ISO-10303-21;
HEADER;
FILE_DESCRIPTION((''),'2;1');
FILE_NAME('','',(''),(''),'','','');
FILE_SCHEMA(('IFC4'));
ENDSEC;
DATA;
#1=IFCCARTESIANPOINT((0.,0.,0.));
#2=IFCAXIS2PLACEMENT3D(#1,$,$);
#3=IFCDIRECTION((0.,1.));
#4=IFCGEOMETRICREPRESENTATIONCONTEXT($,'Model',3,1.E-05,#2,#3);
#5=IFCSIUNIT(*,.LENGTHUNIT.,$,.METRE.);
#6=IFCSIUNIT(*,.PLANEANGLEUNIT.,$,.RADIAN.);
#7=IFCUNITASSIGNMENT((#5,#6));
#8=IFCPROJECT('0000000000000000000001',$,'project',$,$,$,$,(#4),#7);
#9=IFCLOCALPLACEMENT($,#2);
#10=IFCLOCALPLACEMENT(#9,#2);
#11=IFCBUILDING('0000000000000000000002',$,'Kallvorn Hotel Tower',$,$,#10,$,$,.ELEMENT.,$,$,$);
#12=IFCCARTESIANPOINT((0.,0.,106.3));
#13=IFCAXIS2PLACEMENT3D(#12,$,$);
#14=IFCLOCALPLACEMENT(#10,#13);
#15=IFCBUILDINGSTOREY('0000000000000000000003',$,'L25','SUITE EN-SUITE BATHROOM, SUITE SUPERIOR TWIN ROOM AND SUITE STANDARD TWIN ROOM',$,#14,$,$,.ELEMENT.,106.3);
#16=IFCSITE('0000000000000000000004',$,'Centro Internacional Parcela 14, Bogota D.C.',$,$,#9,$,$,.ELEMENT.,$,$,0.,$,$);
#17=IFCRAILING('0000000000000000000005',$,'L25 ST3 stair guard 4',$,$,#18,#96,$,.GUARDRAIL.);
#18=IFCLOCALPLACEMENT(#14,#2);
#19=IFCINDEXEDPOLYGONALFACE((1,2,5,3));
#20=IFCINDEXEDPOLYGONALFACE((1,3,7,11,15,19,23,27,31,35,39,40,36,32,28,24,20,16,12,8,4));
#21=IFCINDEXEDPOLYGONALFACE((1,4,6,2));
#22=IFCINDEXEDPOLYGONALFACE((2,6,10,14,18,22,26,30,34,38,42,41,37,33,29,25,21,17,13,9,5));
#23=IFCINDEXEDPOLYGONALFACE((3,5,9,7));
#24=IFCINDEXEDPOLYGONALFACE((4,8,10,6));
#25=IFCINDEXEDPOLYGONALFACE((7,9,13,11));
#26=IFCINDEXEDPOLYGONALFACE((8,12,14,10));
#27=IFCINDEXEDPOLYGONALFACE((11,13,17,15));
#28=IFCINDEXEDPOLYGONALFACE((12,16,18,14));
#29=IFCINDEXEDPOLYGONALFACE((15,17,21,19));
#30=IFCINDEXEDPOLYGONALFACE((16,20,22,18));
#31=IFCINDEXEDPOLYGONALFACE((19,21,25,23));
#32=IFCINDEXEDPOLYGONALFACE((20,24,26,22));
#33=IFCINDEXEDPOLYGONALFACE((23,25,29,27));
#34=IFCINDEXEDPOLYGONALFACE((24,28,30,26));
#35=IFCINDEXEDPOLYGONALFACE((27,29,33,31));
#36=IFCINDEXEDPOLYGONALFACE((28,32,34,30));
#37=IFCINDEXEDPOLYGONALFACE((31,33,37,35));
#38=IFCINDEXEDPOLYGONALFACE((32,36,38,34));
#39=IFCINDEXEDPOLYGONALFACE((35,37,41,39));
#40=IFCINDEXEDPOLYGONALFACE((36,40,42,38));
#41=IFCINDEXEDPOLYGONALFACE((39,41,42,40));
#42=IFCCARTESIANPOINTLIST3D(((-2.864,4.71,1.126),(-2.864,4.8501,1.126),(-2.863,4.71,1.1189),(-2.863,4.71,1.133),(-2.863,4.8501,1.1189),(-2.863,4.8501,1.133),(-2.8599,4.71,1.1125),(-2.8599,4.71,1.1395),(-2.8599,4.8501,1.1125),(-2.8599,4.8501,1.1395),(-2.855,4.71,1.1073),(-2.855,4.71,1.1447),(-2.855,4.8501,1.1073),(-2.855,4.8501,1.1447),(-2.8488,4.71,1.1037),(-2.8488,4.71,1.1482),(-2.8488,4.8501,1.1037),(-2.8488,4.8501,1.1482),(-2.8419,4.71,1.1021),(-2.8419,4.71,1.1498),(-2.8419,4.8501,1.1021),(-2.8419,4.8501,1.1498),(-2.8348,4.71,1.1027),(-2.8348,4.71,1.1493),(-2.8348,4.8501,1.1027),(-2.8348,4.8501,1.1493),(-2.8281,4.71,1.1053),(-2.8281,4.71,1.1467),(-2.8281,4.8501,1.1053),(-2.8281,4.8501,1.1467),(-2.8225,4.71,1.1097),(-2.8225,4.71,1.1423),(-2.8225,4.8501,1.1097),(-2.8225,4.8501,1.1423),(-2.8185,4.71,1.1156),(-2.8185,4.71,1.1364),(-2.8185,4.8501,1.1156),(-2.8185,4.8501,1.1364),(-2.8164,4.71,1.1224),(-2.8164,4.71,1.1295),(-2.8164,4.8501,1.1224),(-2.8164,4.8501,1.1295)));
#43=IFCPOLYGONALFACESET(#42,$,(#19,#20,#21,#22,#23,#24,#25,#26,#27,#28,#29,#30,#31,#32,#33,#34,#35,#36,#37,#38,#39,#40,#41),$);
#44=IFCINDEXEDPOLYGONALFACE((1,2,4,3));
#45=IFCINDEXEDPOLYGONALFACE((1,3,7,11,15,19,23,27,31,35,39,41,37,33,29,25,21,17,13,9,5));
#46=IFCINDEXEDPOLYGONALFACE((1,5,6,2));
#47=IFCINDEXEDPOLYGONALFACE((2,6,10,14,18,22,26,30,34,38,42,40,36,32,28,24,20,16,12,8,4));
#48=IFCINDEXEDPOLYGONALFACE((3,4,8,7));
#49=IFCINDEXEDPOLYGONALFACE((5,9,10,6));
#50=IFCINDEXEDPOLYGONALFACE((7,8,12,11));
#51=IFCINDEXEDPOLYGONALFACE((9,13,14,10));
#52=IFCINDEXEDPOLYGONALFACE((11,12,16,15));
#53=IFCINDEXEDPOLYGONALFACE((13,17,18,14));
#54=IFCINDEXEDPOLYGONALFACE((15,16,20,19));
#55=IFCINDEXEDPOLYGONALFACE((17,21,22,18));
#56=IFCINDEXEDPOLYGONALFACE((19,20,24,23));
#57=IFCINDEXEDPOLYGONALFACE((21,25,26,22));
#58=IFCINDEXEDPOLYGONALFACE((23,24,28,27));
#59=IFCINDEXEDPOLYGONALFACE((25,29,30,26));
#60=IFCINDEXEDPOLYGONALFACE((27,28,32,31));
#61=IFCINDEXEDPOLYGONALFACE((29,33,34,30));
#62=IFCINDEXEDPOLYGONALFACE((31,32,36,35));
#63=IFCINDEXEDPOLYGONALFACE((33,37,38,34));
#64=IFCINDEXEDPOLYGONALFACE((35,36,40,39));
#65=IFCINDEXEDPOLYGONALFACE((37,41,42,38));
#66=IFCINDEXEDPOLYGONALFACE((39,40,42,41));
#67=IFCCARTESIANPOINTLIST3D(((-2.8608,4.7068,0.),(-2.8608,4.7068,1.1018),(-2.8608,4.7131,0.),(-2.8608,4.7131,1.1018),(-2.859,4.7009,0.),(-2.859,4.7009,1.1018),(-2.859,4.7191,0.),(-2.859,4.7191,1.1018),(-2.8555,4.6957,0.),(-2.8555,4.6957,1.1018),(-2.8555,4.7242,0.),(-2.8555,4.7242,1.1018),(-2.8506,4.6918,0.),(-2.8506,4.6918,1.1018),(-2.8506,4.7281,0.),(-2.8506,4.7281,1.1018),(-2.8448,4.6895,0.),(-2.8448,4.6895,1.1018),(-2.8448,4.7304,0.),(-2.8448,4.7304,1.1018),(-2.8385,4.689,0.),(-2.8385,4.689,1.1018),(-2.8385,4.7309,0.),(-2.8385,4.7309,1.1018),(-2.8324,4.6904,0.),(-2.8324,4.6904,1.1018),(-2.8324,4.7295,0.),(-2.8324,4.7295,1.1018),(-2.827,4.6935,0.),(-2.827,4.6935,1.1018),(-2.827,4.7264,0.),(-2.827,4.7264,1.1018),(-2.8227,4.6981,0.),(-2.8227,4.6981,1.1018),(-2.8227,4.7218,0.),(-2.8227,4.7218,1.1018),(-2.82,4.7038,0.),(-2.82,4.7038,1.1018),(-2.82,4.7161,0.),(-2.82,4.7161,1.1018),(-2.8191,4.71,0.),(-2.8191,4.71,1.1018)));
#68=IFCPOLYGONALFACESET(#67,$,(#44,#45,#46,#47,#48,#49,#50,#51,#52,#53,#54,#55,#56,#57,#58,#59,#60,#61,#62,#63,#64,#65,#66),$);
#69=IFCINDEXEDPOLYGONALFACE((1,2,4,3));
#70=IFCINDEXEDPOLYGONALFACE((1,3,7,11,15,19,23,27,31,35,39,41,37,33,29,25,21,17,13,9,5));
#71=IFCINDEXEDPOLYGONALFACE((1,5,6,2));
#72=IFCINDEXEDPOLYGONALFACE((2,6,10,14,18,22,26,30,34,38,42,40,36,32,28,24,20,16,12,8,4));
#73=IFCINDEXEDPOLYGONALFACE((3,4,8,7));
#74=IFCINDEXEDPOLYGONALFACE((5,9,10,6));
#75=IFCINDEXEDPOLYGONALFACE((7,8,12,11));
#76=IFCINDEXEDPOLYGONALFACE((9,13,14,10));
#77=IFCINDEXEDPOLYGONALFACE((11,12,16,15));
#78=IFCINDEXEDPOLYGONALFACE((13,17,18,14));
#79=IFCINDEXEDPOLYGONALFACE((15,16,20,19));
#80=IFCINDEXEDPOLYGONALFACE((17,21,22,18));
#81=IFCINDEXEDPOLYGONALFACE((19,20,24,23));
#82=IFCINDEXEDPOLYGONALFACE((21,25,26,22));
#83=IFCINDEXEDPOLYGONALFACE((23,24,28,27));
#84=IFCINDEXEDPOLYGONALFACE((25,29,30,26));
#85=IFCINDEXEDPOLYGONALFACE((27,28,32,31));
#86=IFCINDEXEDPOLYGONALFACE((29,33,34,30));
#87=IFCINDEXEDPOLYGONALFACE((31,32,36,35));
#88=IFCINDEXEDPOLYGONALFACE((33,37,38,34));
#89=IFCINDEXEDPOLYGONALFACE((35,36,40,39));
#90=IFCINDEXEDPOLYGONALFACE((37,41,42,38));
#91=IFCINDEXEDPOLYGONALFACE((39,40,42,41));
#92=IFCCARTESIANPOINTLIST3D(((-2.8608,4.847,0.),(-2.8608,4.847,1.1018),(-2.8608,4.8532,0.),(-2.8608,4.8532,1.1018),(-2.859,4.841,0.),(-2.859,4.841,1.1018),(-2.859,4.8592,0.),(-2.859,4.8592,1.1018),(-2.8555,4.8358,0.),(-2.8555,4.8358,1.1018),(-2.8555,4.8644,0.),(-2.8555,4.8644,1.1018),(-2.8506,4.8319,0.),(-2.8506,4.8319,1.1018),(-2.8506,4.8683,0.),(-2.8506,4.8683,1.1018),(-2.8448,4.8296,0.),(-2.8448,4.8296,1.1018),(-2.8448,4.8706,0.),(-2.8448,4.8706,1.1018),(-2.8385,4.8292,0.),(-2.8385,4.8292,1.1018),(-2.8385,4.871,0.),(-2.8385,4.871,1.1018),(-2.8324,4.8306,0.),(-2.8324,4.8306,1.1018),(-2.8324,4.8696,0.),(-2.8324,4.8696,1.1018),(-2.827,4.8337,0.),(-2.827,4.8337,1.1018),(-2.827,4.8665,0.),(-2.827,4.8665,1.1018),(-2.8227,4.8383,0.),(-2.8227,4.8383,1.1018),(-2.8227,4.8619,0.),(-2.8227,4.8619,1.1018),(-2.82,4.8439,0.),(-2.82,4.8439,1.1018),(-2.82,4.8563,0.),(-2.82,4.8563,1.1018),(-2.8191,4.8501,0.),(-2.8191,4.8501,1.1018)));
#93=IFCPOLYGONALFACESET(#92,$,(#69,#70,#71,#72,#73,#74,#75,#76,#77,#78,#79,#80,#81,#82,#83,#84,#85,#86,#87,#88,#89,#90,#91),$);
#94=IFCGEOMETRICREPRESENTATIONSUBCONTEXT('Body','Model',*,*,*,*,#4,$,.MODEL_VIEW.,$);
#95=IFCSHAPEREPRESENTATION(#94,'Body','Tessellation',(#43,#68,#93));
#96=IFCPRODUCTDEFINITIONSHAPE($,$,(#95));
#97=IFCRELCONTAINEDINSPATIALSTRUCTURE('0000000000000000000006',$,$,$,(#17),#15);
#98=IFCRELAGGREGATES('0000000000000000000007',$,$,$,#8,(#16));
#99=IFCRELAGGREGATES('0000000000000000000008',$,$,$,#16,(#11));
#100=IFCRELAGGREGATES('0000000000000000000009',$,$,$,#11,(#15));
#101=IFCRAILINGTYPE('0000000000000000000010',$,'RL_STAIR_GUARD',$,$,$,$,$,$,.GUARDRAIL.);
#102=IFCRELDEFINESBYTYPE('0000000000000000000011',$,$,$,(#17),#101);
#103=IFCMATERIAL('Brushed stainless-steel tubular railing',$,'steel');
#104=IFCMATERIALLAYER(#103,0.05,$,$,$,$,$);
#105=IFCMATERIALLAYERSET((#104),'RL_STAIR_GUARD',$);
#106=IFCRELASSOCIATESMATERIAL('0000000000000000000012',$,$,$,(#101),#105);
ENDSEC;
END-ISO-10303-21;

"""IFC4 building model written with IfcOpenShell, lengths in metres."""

from ifc_helpers import new_model, si_unit, direction, frame, origin, origin_2d, place, context, subcontext, project, spatial, circle, extrude, material, layer, layer_set, type_object, element, save


model = new_model("IFC4")

# Units and contexts
model_context = context("Model", 3, precision=1e-05, world=origin(), true_north=direction((0.0, 1.0)))
body_context = subcontext(model_context, "Body", "Model", "MODEL_VIEW")
ifc_project = project(units=[si_unit("LENGTHUNIT", "METRE"), si_unit("PLANEANGLEUNIT", "RADIAN")], contexts=[model_context])

# Site, building, storey
site_placement = place(None, origin())
site = spatial("IfcSite", under=ifc_project, at=site_placement, Name="Centro Internacional Parcela 14, Bogota D.C.", CompositionType="ELEMENT", RefElevation=0.0)
building_placement = place(site_placement, origin())
building = spatial("IfcBuilding", under=site, at=building_placement, Name="Kallvorn Hotel Tower", CompositionType="ELEMENT")
storey_placement = place(building_placement, frame((0.0, 0.0, 106.3)))
storey = spatial("IfcBuildingStorey", under=building, at=storey_placement, Name="L25", Description="SUITE EN-SUITE BATHROOM, SUITE SUPERIOR TWIN ROOM AND SUITE STANDARD TWIN ROOM", CompositionType="ELEMENT", Elevation=106.3)

# Railing
ifc_material_1 = material(Name="Brushed stainless-steel tubular railing", Category="steel")
ifc_layer_1 = layer(ifc_material_1, 0.05)
ifc_layer_set_1 = layer_set([ifc_layer_1], Name="RL_STAIR_GUARD")
railing_type_1 = type_object("IfcRailingType", Name="RL_STAIR_GUARD", PredefinedType="GUARDRAIL", material=ifc_layer_set_1)
railing_1_placement = place(storey_placement, frame((-2.8401, 4.71, 0.0)))
element("IfcRailing", 1, at=railing_1_placement, inside=storey, type_object=railing_type_1, Name="L25 ST3 stair guard 4", PredefinedType="GUARDRAIL", context=body_context, shape_type="SweptSolid", body=[
    extrude(circle(Radius=0.0239, at=origin_2d()), frame((0.0, 0.0, 1.126), z_axis=(0.0, 1.0, 0.0), x_axis=(-1.0, 0.0, 0.0)), (0.0, 0.0, 1.0), 0.1401),
    extrude(circle(Radius=0.021, at=origin_2d()), origin(), (0.0, 0.0, 1.0), 1.1018),
    extrude(circle(Radius=0.021, at=origin_2d()), frame((0.0, 0.1401, 0.0)), (0.0, 0.0, 1.0), 1.1018),
])

save(model, "model.ifc")
